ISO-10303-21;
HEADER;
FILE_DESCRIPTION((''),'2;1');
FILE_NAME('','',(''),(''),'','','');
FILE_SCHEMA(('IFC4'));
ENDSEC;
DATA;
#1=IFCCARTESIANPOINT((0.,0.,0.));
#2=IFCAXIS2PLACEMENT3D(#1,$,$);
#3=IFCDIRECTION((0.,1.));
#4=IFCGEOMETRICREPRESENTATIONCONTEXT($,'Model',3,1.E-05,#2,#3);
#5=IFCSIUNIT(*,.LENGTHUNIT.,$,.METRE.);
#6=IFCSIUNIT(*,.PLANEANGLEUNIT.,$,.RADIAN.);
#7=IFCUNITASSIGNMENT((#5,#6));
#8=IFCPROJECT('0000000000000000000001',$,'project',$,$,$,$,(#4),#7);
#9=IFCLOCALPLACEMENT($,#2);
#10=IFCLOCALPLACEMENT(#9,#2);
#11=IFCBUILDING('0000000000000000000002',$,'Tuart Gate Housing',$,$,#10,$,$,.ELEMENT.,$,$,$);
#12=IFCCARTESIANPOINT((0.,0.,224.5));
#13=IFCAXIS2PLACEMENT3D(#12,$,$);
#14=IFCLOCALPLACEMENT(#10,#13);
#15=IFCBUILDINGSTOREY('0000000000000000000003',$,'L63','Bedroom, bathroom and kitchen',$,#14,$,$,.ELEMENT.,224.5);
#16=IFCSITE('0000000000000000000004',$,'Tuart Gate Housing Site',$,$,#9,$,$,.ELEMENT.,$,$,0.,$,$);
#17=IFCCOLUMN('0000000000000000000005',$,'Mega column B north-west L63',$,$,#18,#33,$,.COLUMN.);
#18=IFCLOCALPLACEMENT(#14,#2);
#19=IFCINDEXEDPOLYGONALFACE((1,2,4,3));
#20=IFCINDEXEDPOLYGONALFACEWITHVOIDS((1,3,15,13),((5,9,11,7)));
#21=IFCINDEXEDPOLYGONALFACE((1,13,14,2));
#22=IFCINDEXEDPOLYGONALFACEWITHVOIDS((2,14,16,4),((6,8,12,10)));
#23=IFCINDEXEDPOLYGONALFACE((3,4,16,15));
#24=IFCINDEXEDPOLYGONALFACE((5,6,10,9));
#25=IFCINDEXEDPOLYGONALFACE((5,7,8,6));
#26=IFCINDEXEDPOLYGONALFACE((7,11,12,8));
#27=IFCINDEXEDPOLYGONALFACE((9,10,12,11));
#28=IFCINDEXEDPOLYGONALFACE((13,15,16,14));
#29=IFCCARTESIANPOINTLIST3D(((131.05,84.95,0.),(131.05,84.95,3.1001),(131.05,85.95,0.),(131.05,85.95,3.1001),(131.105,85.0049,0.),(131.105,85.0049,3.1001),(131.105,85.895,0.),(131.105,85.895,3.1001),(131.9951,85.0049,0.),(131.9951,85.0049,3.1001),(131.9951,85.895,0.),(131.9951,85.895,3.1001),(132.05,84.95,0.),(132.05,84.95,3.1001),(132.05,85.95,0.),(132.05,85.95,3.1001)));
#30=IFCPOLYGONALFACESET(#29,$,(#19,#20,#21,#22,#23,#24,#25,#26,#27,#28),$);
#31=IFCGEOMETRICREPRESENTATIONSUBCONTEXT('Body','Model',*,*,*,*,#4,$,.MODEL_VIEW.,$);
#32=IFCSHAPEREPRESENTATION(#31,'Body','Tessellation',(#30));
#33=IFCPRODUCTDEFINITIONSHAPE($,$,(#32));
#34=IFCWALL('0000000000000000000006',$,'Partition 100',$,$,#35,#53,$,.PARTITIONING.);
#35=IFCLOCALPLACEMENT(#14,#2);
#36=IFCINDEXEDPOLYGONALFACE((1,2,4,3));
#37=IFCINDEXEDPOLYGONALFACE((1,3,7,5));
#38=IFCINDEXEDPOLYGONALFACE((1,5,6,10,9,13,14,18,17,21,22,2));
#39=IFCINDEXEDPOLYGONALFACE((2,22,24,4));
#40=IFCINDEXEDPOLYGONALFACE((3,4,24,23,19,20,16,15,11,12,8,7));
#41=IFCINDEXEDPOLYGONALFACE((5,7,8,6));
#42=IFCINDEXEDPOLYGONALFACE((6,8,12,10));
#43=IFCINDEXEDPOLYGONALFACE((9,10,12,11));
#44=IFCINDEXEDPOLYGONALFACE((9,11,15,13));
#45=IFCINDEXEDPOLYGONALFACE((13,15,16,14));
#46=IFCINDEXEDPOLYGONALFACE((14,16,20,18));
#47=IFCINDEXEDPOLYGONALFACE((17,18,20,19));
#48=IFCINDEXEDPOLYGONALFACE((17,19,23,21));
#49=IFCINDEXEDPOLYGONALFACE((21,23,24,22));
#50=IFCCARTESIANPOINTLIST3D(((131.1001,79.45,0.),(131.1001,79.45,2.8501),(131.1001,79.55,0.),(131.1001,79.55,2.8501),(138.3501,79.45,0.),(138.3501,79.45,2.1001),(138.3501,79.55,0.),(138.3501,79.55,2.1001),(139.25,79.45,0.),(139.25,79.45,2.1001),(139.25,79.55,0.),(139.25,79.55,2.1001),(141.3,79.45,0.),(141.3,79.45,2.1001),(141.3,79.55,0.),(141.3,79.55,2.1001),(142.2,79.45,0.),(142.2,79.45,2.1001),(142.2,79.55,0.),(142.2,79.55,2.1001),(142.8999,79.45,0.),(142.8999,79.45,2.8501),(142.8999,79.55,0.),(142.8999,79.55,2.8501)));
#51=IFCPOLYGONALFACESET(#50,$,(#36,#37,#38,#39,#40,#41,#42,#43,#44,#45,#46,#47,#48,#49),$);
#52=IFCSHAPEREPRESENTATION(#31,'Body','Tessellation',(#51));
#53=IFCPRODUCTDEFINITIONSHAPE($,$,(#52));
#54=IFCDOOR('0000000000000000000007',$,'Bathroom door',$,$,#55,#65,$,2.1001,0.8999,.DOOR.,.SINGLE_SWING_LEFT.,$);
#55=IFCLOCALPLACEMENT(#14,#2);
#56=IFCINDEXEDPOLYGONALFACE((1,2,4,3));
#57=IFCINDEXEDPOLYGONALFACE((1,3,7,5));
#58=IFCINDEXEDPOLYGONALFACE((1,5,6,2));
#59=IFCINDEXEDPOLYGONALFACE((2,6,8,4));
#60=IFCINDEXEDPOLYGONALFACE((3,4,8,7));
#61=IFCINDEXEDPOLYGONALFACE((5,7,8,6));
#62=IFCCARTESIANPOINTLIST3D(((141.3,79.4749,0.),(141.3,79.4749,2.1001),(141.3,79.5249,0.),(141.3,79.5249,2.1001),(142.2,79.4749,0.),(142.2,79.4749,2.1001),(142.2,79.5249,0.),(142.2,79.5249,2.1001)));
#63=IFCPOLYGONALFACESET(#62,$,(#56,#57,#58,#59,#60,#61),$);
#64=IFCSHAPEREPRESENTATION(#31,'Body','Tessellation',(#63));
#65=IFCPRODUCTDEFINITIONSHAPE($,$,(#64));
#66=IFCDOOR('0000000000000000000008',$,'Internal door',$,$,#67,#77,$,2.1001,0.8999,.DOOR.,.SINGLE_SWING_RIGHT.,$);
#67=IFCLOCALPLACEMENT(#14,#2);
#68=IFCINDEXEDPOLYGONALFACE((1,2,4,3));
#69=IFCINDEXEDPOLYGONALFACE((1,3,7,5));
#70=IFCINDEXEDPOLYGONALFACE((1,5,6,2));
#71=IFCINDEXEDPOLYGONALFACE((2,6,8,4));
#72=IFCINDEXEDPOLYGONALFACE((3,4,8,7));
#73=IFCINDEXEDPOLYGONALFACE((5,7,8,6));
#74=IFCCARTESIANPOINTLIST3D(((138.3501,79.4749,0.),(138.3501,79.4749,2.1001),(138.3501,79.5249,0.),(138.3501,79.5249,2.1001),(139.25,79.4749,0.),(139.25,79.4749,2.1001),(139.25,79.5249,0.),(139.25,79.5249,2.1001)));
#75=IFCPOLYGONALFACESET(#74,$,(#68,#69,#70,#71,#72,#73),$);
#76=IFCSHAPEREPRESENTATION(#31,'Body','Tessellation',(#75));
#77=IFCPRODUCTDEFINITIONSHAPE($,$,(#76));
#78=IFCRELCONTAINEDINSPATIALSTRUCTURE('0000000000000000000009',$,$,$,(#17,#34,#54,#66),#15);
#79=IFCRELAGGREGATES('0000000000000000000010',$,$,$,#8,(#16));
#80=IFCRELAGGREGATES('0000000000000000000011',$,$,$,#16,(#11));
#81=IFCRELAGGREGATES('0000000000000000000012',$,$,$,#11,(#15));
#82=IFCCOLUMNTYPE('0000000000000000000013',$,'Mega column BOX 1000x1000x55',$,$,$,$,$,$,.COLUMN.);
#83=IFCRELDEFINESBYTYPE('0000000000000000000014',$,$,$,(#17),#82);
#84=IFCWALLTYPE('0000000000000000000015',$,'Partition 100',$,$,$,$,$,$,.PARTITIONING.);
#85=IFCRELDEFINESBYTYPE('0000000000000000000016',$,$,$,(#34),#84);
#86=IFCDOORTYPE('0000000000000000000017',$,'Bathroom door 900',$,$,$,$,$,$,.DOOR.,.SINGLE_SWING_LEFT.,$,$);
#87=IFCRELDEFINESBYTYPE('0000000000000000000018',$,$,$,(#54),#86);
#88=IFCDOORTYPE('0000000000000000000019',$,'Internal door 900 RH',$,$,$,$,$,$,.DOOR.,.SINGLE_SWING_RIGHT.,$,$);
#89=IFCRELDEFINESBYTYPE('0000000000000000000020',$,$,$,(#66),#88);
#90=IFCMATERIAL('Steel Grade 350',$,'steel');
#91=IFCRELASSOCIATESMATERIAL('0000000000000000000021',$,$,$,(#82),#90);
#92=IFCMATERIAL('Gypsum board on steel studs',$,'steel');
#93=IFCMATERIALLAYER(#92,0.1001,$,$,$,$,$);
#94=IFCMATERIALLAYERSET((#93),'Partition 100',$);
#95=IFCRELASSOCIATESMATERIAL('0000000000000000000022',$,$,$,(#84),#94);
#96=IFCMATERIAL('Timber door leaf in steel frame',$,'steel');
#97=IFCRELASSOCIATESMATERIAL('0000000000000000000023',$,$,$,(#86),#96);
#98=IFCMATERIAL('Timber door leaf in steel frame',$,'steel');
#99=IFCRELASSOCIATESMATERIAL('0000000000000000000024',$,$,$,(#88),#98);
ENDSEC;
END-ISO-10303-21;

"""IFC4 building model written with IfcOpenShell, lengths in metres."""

from ifc_helpers import new_model, si_unit, direction, frame, frame_2d, origin, origin_2d, place, context, subcontext, project, spatial, rectangle, hollow_rectangle, extrude, material, layer, layer_set, material_profile, profile_set, type_object, element, fill, save


model = new_model("IFC4")

# Units and contexts
model_context = context("Model", 3, precision=1e-05, world=origin(), true_north=direction((0.0, 1.0)))
body_context = subcontext(model_context, "Body", "Model", "MODEL_VIEW")
ifc_project = project(units=[si_unit("LENGTHUNIT", "METRE"), si_unit("PLANEANGLEUNIT", "RADIAN")], contexts=[model_context])

# Site, building, storey
site_placement = place(None, origin())
site = spatial("IfcSite", under=ifc_project, at=site_placement, Name="Tuart Gate Housing Site", CompositionType="ELEMENT", RefElevation=0.0)
building_placement = place(site_placement, origin())
building = spatial("IfcBuilding", under=site, at=building_placement, Name="Tuart Gate Housing", CompositionType="ELEMENT")
storey_placement = place(building_placement, frame((0.0, 0.0, 224.5)))
storey = spatial("IfcBuildingStorey", under=building, at=storey_placement, Name="L63", Description="Bedroom, bathroom and kitchen", CompositionType="ELEMENT", Elevation=224.5)

# Column
ifc_material_1 = material(Name="Steel Grade 350", Category="steel")
ifc_material_profile = material_profile(ifc_material_1, hollow_rectangle(XDim=1.0, YDim=1.0, WallThickness=0.0549, at=origin_2d()), Name="BOX 1000x1000x55")
ifc_profile_set = profile_set([ifc_material_profile], Name="Steel Grade 350")
column_type = type_object("IfcColumnType", Name="Mega column BOX 1000x1000x55", PredefinedType="COLUMN", material=ifc_profile_set)
column_placement = place(storey_placement, frame((131.55, 85.45, 0.0), z_axis=(0.0, 0.0, 1.0), x_axis=(1.0, 0.0, 0.0)))
element("IfcColumn", 1, at=column_placement, inside=storey, type_object=column_type, Name="Mega column B north-west L63", PredefinedType="COLUMN", context=body_context, shape_type="SweptSolid", body=[
    extrude(hollow_rectangle(XDim=1.0, YDim=1.0, WallThickness=0.0549, at=origin_2d()), origin(), (0.0, 0.0, 1.0), 3.1001),
])

# Wall, openings, doors
ifc_material_2 = material(Name="Gypsum board on steel studs", Category="steel")
ifc_layer_1 = layer(ifc_material_2, 0.1001)
ifc_layer_set_1 = layer_set([ifc_layer_1], Name="Partition 100")
wall_type_1 = type_object("IfcWallType", Name="Partition 100", PredefinedType="PARTITIONING", material=ifc_layer_set_1)
wall_1_placement = place(storey_placement, frame((131.1001, 79.5, 0.0), z_axis=(0.0, 0.0, 1.0), x_axis=(1.0, 0.0, 0.0)))
wall_1 = element("IfcWall", 2, at=wall_1_placement, inside=storey, type_object=wall_type_1, Name="Partition 100", PredefinedType="PARTITIONING", context=body_context, shape_type="SweptSolid", body=[
    extrude(rectangle(XDim=11.7998, YDim=0.1001, at=frame_2d((5.8999, 0.0))), origin(), (0.0, 0.0, 1.0), 2.8501),
])
opening_1_placement = place(wall_1_placement, frame((7.25, 0.0, 0.0)))
opening_1 = element("IfcOpeningElement", 3, at=opening_1_placement, cuts=wall_1, PredefinedType="OPENING", context=body_context, shape_type="SweptSolid", body=[
    extrude(rectangle(XDim=0.8999, YDim=2.1001, at=frame_2d((0.45, 1.05))), frame((0.0, 0.0601, 0.0), z_axis=(0.0, -1.0, 0.0), x_axis=(1.0, 0.0, 0.0)), (0.0, 0.0, 1.0), 0.1201),
])
opening_2_placement = place(wall_1_placement, frame((10.2, 0.0, 0.0)))
opening_2 = element("IfcOpeningElement", 4, at=opening_2_placement, cuts=wall_1, PredefinedType="OPENING", context=body_context, shape_type="SweptSolid", body=[
    extrude(rectangle(XDim=0.8999, YDim=2.1001, at=frame_2d((0.45, 1.05))), frame((0.0, 0.0601, 0.0), z_axis=(0.0, -1.0, 0.0), x_axis=(1.0, 0.0, 0.0)), (0.0, 0.0, 1.0), 0.1201),
])
ifc_material_3 = material(Name="Timber door leaf in steel frame", Category="steel")
door_type_1 = type_object("IfcDoorType", Name="Bathroom door 900", OperationType="SINGLE_SWING_LEFT", PredefinedType="DOOR", material=ifc_material_3)
door_1_placement = place(opening_2_placement, origin())
door_1 = element("IfcDoor", 5, at=door_1_placement, inside=storey, type_object=door_type_1, Name="Bathroom door", OperationType="SINGLE_SWING_LEFT", OverallHeight=2.1001, OverallWidth=0.8999, PredefinedType="DOOR", context=body_context, shape_type="SweptSolid", body=[
    extrude(rectangle(XDim=0.8999, YDim=2.1001, at=frame_2d((0.45, 1.05))), frame((0.0, 0.0249, 0.0), z_axis=(0.0, -1.0, 0.0), x_axis=(1.0, 0.0, 0.0)), (0.0, 0.0, 1.0), 0.05),
])
fill(opening_2, door_1)
ifc_material_4 = material(Name="Timber door leaf in steel frame", Category="steel")
door_type_2 = type_object("IfcDoorType", Name="Internal door 900 RH", OperationType="SINGLE_SWING_RIGHT", PredefinedType="DOOR", material=ifc_material_4)
door_2_placement = place(opening_1_placement, frame((0.8999, 0.0, 0.0), z_axis=(0.0, 0.0, 1.0), x_axis=(-1.0, 0.0, 0.0)))
door_2 = element("IfcDoor", 6, at=door_2_placement, inside=storey, type_object=door_type_2, Name="Internal door", OperationType="SINGLE_SWING_RIGHT", OverallHeight=2.1001, OverallWidth=0.8999, PredefinedType="DOOR", context=body_context, shape_type="SweptSolid", body=[
    extrude(rectangle(XDim=0.8999, YDim=2.1001, at=frame_2d((0.45, 1.05))), frame((0.0, 0.0251, 0.0), z_axis=(0.0, -1.0, 0.0), x_axis=(1.0, 0.0, 0.0)), (0.0, 0.0, 1.0), 0.05),
])
fill(opening_1, door_2)

save(model, "model.ifc")
